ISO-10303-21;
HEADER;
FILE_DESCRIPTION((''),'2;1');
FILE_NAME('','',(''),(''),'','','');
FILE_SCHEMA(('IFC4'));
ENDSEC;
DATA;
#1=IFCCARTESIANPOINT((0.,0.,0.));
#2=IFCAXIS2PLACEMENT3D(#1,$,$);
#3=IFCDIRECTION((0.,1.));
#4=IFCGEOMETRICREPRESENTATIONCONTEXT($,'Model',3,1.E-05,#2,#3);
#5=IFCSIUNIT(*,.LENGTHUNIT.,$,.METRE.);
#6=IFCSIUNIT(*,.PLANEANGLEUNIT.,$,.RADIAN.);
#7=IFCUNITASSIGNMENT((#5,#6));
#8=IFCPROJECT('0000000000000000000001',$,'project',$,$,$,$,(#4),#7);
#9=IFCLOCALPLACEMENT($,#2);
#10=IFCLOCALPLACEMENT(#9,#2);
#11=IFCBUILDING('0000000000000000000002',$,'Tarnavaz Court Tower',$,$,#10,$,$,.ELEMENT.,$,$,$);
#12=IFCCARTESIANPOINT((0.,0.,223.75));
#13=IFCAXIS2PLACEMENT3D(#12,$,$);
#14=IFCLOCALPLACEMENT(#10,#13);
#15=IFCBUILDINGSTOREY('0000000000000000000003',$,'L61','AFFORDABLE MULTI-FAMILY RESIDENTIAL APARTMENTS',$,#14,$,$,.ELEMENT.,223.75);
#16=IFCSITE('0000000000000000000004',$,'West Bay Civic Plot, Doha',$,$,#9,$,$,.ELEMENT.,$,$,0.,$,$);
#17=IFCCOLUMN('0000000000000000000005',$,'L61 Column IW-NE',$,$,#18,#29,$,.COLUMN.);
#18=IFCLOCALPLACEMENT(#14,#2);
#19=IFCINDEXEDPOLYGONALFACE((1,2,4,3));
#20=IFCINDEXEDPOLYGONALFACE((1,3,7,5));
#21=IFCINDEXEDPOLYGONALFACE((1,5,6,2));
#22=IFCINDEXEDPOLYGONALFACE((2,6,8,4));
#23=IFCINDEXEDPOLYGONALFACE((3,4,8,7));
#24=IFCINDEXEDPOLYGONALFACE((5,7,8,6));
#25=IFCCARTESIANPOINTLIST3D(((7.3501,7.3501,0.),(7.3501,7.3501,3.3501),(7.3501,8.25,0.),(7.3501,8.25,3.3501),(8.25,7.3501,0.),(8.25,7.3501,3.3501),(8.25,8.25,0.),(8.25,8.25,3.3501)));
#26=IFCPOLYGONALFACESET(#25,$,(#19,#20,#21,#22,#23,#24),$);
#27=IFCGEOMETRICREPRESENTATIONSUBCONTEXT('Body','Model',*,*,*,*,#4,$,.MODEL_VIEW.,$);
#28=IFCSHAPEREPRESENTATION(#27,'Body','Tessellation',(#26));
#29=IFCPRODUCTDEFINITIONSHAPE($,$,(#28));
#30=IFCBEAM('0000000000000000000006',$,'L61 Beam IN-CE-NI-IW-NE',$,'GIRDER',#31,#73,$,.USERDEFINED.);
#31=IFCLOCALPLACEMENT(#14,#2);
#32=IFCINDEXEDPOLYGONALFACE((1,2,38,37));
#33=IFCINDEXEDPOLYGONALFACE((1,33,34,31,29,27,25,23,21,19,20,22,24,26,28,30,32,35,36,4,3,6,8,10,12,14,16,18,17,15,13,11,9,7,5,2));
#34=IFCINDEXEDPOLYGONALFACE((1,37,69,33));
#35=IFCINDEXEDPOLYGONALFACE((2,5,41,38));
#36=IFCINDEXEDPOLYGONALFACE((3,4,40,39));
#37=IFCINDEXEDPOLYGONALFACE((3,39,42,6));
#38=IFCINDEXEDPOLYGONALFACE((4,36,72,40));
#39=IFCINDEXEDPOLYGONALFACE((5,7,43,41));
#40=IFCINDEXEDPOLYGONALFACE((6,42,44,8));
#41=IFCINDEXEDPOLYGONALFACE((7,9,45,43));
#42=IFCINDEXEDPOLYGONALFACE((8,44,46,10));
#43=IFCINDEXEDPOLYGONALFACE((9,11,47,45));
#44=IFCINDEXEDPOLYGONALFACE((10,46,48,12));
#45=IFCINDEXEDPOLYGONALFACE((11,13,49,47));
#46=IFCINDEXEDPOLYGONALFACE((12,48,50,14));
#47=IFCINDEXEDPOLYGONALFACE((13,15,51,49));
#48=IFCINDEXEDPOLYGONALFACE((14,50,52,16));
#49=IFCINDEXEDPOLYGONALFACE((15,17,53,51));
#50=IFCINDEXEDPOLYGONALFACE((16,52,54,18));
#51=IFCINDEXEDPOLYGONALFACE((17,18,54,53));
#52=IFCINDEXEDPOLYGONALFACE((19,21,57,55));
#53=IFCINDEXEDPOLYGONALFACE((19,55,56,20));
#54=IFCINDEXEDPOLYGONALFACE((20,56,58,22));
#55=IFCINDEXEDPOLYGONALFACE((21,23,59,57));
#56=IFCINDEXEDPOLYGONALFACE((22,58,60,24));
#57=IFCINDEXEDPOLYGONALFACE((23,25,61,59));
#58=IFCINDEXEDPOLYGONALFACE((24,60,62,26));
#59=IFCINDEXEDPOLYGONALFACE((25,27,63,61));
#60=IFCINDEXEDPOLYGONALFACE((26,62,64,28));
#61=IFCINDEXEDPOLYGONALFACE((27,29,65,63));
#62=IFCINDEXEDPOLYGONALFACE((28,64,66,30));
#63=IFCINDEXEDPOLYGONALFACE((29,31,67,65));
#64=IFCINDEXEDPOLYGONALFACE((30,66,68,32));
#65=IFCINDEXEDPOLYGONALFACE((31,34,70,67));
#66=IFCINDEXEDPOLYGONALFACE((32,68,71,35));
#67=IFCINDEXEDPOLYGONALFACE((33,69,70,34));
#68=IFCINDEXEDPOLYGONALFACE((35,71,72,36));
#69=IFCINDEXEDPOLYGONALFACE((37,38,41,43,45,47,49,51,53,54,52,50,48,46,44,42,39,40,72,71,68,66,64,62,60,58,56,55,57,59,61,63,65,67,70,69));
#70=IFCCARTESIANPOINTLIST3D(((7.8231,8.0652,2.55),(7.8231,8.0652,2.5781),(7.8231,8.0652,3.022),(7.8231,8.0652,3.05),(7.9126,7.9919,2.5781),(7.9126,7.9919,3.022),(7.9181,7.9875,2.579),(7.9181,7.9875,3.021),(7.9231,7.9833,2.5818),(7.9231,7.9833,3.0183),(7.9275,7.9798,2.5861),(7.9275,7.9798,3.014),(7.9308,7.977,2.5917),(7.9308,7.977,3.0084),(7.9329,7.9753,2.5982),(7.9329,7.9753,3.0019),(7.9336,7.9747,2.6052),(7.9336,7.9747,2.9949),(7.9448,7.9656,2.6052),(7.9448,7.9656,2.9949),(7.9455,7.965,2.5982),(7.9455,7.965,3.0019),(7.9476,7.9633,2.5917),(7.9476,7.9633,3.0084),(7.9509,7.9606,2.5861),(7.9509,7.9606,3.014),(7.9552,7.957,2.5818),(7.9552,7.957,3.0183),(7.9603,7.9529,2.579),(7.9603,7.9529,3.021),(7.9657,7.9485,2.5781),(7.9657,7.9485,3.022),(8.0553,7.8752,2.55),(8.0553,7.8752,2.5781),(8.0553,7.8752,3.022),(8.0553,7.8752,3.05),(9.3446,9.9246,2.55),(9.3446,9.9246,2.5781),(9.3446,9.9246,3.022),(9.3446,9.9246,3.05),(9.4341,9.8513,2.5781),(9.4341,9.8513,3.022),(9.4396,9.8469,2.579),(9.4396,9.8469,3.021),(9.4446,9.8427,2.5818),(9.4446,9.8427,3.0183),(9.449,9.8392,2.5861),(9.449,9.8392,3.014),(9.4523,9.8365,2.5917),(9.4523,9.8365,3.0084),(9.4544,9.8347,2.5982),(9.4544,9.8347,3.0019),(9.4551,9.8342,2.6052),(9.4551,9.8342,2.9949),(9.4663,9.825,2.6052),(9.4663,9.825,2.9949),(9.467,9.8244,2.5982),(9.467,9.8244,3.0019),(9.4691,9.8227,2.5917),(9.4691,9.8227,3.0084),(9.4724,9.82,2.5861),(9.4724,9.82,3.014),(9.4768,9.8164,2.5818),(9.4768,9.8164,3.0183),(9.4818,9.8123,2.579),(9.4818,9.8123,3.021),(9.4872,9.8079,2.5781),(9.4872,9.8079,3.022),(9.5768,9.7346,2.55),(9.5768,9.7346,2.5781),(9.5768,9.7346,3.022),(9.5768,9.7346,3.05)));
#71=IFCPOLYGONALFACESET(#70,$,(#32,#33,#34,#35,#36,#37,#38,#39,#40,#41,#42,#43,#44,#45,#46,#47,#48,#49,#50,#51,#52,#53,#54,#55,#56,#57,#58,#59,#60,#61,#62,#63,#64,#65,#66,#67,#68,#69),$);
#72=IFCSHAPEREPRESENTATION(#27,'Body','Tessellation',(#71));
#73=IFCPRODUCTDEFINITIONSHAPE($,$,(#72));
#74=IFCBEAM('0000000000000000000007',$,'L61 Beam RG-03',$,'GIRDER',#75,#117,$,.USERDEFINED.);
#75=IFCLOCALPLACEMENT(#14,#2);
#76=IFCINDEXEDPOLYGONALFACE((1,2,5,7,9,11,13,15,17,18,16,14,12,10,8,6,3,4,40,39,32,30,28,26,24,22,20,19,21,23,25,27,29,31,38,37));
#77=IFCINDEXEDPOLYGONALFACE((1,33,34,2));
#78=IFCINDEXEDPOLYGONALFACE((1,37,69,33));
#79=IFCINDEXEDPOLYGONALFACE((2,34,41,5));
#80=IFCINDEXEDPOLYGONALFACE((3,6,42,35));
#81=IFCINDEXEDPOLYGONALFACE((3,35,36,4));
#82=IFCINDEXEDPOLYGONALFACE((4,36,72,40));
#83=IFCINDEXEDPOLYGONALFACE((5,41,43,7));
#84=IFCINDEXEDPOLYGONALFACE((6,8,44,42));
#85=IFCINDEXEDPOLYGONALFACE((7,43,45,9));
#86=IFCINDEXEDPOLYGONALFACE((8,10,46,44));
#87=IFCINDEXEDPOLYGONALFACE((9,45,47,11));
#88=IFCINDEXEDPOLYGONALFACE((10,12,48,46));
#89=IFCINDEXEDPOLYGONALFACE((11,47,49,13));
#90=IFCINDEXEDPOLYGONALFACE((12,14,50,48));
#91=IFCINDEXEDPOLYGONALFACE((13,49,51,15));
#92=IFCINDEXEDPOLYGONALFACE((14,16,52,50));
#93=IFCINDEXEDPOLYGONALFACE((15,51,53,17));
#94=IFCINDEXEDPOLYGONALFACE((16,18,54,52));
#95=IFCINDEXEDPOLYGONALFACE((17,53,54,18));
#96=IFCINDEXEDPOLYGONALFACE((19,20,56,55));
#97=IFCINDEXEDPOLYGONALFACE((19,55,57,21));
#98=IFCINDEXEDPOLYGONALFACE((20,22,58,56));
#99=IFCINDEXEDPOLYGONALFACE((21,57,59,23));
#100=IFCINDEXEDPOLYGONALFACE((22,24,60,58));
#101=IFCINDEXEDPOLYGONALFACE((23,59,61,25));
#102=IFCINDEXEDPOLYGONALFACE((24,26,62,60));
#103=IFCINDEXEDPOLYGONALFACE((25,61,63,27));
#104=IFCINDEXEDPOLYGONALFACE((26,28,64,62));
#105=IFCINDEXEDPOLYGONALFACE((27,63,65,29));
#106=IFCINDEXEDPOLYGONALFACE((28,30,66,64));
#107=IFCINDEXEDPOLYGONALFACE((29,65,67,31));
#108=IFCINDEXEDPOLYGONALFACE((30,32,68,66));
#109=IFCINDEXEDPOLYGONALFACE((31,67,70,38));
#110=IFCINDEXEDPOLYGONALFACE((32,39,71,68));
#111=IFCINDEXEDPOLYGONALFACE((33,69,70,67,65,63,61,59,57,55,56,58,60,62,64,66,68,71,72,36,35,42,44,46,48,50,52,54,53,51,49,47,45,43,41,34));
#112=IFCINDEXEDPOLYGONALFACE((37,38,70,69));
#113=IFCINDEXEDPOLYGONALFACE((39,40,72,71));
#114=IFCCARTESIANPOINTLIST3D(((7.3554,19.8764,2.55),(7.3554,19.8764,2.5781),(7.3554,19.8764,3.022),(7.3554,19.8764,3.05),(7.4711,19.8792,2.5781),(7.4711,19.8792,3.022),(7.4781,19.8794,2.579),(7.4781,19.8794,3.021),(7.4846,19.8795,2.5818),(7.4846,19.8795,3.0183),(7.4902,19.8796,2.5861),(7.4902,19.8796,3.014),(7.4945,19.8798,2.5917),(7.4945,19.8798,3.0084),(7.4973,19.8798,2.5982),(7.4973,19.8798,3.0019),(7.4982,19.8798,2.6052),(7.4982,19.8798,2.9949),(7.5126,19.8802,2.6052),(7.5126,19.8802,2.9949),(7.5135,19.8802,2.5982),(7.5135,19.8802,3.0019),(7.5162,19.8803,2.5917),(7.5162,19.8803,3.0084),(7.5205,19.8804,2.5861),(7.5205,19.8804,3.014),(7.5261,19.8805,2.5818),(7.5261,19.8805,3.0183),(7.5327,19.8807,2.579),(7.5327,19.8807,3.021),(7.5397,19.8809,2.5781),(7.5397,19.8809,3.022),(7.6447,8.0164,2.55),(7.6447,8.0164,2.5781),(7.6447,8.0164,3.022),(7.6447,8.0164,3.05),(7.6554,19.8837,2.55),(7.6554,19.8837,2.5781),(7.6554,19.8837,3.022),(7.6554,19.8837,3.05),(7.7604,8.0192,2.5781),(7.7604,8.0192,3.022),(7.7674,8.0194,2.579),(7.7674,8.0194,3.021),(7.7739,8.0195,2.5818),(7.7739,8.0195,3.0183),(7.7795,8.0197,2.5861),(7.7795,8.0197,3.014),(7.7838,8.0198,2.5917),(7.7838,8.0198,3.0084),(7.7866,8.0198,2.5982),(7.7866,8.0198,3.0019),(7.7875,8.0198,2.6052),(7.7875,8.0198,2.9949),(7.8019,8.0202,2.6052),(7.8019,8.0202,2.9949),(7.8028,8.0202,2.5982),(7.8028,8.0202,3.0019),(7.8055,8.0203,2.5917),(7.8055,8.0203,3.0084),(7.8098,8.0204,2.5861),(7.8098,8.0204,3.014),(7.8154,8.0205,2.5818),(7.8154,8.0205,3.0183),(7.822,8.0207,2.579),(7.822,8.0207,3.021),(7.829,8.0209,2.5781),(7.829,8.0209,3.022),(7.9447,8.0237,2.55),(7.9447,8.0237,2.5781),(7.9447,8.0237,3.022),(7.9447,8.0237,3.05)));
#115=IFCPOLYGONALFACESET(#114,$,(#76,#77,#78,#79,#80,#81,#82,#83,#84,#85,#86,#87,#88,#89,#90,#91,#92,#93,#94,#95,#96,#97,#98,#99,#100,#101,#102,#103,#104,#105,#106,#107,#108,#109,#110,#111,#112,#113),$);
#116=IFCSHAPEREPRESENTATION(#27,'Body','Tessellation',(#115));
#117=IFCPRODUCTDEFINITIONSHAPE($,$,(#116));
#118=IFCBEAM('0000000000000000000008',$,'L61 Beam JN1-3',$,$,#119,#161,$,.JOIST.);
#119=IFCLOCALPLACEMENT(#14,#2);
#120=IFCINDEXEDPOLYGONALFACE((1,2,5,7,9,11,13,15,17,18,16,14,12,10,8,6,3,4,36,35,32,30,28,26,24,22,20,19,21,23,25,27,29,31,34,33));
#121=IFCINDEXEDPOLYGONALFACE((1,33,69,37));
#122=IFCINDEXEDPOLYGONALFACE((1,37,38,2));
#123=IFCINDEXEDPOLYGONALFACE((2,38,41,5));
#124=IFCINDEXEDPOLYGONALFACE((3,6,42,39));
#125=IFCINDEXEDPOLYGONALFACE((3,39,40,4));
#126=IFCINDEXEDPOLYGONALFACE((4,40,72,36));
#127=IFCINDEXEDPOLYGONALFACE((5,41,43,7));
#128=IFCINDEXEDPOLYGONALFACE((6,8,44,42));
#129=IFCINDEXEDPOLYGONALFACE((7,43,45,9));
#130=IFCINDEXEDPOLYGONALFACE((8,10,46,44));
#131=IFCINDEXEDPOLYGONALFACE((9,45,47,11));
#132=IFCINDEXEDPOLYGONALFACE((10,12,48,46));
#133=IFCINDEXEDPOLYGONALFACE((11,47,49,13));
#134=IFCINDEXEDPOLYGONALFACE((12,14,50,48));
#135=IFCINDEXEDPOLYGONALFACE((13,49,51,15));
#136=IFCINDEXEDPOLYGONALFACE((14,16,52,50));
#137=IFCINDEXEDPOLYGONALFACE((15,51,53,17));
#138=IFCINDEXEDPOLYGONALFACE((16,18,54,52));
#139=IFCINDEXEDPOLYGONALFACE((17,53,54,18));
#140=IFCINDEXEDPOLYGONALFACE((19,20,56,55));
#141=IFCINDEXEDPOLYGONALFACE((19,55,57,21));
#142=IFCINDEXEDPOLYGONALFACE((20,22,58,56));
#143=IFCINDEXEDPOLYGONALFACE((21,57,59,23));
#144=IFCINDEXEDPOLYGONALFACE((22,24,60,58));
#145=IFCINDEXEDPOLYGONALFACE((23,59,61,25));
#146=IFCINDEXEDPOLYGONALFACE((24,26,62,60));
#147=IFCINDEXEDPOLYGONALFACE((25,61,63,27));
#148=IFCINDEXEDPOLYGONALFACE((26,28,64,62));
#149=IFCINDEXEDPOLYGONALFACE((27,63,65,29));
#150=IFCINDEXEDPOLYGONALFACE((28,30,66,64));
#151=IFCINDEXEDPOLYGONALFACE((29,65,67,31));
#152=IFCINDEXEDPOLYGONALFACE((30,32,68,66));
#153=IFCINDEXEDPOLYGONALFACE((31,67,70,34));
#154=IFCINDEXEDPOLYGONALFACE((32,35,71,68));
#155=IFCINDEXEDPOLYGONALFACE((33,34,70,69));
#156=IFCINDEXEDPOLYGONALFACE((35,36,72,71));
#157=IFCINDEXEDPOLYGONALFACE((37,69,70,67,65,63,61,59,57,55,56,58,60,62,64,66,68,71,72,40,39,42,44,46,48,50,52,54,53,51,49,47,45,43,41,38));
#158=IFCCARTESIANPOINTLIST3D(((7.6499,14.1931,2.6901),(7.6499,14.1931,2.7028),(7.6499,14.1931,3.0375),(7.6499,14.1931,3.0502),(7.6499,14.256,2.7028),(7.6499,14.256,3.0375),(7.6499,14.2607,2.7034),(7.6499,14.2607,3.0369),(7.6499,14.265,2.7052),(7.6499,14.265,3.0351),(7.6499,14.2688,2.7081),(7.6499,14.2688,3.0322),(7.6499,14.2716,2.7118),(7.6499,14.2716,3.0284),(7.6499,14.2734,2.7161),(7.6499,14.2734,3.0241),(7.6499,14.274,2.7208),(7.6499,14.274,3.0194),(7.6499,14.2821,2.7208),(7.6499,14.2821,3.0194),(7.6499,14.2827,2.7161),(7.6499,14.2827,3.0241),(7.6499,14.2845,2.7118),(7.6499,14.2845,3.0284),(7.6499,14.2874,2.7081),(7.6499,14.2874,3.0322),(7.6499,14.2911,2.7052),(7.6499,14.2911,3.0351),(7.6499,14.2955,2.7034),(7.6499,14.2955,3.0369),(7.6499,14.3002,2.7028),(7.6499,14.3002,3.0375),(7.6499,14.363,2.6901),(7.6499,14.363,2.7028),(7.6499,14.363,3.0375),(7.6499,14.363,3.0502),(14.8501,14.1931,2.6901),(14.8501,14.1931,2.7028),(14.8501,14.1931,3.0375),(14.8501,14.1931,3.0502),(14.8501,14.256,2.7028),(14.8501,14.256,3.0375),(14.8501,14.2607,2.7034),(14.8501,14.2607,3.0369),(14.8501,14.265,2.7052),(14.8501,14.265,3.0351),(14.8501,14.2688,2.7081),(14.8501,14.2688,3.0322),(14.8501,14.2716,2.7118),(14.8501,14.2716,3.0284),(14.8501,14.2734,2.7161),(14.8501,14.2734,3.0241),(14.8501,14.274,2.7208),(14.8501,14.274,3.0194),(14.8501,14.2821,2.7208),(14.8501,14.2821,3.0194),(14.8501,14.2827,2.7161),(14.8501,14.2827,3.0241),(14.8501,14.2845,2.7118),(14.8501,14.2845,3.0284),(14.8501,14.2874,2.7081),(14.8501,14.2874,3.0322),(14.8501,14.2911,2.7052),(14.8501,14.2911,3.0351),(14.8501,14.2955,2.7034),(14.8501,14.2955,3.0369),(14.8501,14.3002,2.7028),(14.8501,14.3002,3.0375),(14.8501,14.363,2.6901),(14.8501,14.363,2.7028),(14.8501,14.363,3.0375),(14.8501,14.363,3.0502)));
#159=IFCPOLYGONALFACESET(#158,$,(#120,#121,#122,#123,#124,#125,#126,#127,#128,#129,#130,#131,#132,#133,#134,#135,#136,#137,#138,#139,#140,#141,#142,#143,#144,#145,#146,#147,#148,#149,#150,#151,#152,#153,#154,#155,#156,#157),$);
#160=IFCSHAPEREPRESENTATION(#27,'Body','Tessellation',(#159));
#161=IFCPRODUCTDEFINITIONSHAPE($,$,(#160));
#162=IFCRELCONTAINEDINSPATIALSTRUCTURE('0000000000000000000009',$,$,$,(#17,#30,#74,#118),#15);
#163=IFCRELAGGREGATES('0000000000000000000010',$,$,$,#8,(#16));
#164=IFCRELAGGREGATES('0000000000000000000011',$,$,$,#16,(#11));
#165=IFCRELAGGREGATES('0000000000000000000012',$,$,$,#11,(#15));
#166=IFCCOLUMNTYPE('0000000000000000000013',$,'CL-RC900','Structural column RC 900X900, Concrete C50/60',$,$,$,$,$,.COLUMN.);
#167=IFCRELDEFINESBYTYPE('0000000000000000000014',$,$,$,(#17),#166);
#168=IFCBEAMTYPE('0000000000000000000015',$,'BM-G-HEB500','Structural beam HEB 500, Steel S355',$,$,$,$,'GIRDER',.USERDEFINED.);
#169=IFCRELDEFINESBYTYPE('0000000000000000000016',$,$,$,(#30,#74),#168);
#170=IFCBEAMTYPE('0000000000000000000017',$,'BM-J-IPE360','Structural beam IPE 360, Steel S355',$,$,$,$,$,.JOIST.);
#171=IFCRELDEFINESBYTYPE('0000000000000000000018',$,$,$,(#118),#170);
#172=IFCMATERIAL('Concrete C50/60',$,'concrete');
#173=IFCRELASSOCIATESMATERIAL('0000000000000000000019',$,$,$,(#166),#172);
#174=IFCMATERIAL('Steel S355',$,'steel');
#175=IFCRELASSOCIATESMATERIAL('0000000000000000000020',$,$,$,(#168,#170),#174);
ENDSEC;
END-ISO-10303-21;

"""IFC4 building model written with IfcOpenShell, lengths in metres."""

from ifc_helpers import new_model, si_unit, direction, frame, origin, origin_2d, place, context, subcontext, project, spatial, rectangle, i_section, extrude, material, material_profile, profile_set, type_object, element, save


model = new_model("IFC4")

# Units and contexts
model_context = context("Model", 3, precision=1e-05, world=origin(), true_north=direction((0.0, 1.0)))
body_context = subcontext(model_context, "Body", "Model", "MODEL_VIEW")
ifc_project = project(units=[si_unit("LENGTHUNIT", "METRE"), si_unit("PLANEANGLEUNIT", "RADIAN")], contexts=[model_context])

# Site, building, storey
site_placement = place(None, origin())
site = spatial("IfcSite", under=ifc_project, at=site_placement, Name="West Bay Civic Plot, Doha", CompositionType="ELEMENT", RefElevation=0.0)
building_placement = place(site_placement, origin())
building = spatial("IfcBuilding", under=site, at=building_placement, Name="Tarnavaz Court Tower", CompositionType="ELEMENT")
storey_placement = place(building_placement, frame((0.0, 0.0, 223.75)))
storey = spatial("IfcBuildingStorey", under=building, at=storey_placement, Name="L61", Description="AFFORDABLE MULTI-FAMILY RESIDENTIAL APARTMENTS", CompositionType="ELEMENT", Elevation=223.75)

# Column
ifc_material_1 = material(Name="Concrete C50/60", Category="concrete")
ifc_material_profile_1 = material_profile(ifc_material_1, rectangle(XDim=0.8999, YDim=0.8999, at=origin_2d()), Name="RC 900X900")
ifc_profile_set_1 = profile_set([ifc_material_profile_1], Name="Concrete C50/60")
column_type = type_object("IfcColumnType", Name="CL-RC900", Description="Structural column RC 900X900, Concrete C50/60", PredefinedType="COLUMN", material=ifc_profile_set_1)
column_placement = place(storey_placement, frame((7.8, 7.8, 0.0), z_axis=(0.0, 0.0, 1.0), x_axis=(1.0, 0.0, 0.0)))
element("IfcColumn", 1, at=column_placement, inside=storey, type_object=column_type, Name="L61 Column IW-NE", PredefinedType="COLUMN", context=body_context, shape_type="SweptSolid", body=[
    extrude(rectangle(XDim=0.8999, YDim=0.8999, at=origin_2d()), origin(), (0.0, 0.0, 1.0), 3.3501),
])

# Beams
ifc_material_2 = material(Name="Steel S355", Category="steel")
ifc_material_profile_2 = material_profile(ifc_material_2, i_section(OverallWidth=0.3, OverallDepth=0.5, WebThickness=0.0144, FlangeThickness=0.0281, FilletRadius=0.0271, at=origin_2d()), Name="HEB 500")
ifc_profile_set_2 = profile_set([ifc_material_profile_2], Name="Steel S355")
beam_type_1 = type_object("IfcBeamType", Name="BM-G-HEB500", Description="Structural beam HEB 500, Steel S355", ElementType="GIRDER", PredefinedType="USERDEFINED", material=ifc_profile_set_2)
beam_1_placement = place(storey_placement, frame((9.4607, 9.8296, 2.8), z_axis=(-0.633282, -0.773921, 0.0), x_axis=(0.773921, -0.633282, 0.0)))
element("IfcBeam", 2, at=beam_1_placement, inside=storey, type_object=beam_type_1, Name="L61 Beam IN-CE-NI-IW-NE", ObjectType="GIRDER", PredefinedType="USERDEFINED", context=body_context, shape_type="SweptSolid", body=[
    extrude(i_section(OverallWidth=0.3, OverallDepth=0.5, WebThickness=0.0144, FlangeThickness=0.0281, FilletRadius=0.0271, at=origin_2d()), origin(), (0.0, 0.0, 1.0), 2.4026),
])
beam_2_placement = place(storey_placement, frame((7.7947, 8.02, 2.8), z_axis=(-0.024386, 0.999703, 0.0), x_axis=(-0.999703, -0.024386, 0.0)))
element("IfcBeam", 3, at=beam_2_placement, inside=storey, type_object=beam_type_1, Name="L61 Beam RG-03", ObjectType="GIRDER", PredefinedType="USERDEFINED", context=body_context, shape_type="SweptSolid", body=[
    extrude(i_section(OverallWidth=0.3, OverallDepth=0.5, WebThickness=0.0144, FlangeThickness=0.0281, FilletRadius=0.0271, at=origin_2d()), origin(), (0.0, 0.0, 1.0), 11.8635),
])
ifc_material_profile_3 = material_profile(ifc_material_2, i_section(OverallWidth=0.1699, OverallDepth=0.3601, WebThickness=0.0081, FlangeThickness=0.0127, FilletRadius=0.0181, at=origin_2d()), Name="IPE 360")
ifc_profile_set_3 = profile_set([ifc_material_profile_3], Name="Steel S355")
beam_type_2 = type_object("IfcBeamType", Name="BM-J-IPE360", Description="Structural beam IPE 360, Steel S355", PredefinedType="JOIST", material=ifc_profile_set_3)
for number, where, z_axis, x_axis, name in (
    (4, (7.6499, 14.2781, 2.8701), (1.0, 0.0, 0.0), (0.0, 1.0, 0.0), "L61 Beam JN1-3"),
):
    element("IfcBeam", number, at=place(storey_placement, frame(where, z_axis=z_axis, x_axis=x_axis)), inside=storey, type_object=beam_type_2, Name=name, PredefinedType="JOIST", context=body_context, shape_type="SweptSolid", body=[
        extrude(i_section(OverallWidth=0.1699, OverallDepth=0.3601, WebThickness=0.0081, FlangeThickness=0.0127, FilletRadius=0.0181, at=origin_2d()), origin(), (0.0, 0.0, 1.0), 7.2002),
    ])

save(model, "model.ifc")
